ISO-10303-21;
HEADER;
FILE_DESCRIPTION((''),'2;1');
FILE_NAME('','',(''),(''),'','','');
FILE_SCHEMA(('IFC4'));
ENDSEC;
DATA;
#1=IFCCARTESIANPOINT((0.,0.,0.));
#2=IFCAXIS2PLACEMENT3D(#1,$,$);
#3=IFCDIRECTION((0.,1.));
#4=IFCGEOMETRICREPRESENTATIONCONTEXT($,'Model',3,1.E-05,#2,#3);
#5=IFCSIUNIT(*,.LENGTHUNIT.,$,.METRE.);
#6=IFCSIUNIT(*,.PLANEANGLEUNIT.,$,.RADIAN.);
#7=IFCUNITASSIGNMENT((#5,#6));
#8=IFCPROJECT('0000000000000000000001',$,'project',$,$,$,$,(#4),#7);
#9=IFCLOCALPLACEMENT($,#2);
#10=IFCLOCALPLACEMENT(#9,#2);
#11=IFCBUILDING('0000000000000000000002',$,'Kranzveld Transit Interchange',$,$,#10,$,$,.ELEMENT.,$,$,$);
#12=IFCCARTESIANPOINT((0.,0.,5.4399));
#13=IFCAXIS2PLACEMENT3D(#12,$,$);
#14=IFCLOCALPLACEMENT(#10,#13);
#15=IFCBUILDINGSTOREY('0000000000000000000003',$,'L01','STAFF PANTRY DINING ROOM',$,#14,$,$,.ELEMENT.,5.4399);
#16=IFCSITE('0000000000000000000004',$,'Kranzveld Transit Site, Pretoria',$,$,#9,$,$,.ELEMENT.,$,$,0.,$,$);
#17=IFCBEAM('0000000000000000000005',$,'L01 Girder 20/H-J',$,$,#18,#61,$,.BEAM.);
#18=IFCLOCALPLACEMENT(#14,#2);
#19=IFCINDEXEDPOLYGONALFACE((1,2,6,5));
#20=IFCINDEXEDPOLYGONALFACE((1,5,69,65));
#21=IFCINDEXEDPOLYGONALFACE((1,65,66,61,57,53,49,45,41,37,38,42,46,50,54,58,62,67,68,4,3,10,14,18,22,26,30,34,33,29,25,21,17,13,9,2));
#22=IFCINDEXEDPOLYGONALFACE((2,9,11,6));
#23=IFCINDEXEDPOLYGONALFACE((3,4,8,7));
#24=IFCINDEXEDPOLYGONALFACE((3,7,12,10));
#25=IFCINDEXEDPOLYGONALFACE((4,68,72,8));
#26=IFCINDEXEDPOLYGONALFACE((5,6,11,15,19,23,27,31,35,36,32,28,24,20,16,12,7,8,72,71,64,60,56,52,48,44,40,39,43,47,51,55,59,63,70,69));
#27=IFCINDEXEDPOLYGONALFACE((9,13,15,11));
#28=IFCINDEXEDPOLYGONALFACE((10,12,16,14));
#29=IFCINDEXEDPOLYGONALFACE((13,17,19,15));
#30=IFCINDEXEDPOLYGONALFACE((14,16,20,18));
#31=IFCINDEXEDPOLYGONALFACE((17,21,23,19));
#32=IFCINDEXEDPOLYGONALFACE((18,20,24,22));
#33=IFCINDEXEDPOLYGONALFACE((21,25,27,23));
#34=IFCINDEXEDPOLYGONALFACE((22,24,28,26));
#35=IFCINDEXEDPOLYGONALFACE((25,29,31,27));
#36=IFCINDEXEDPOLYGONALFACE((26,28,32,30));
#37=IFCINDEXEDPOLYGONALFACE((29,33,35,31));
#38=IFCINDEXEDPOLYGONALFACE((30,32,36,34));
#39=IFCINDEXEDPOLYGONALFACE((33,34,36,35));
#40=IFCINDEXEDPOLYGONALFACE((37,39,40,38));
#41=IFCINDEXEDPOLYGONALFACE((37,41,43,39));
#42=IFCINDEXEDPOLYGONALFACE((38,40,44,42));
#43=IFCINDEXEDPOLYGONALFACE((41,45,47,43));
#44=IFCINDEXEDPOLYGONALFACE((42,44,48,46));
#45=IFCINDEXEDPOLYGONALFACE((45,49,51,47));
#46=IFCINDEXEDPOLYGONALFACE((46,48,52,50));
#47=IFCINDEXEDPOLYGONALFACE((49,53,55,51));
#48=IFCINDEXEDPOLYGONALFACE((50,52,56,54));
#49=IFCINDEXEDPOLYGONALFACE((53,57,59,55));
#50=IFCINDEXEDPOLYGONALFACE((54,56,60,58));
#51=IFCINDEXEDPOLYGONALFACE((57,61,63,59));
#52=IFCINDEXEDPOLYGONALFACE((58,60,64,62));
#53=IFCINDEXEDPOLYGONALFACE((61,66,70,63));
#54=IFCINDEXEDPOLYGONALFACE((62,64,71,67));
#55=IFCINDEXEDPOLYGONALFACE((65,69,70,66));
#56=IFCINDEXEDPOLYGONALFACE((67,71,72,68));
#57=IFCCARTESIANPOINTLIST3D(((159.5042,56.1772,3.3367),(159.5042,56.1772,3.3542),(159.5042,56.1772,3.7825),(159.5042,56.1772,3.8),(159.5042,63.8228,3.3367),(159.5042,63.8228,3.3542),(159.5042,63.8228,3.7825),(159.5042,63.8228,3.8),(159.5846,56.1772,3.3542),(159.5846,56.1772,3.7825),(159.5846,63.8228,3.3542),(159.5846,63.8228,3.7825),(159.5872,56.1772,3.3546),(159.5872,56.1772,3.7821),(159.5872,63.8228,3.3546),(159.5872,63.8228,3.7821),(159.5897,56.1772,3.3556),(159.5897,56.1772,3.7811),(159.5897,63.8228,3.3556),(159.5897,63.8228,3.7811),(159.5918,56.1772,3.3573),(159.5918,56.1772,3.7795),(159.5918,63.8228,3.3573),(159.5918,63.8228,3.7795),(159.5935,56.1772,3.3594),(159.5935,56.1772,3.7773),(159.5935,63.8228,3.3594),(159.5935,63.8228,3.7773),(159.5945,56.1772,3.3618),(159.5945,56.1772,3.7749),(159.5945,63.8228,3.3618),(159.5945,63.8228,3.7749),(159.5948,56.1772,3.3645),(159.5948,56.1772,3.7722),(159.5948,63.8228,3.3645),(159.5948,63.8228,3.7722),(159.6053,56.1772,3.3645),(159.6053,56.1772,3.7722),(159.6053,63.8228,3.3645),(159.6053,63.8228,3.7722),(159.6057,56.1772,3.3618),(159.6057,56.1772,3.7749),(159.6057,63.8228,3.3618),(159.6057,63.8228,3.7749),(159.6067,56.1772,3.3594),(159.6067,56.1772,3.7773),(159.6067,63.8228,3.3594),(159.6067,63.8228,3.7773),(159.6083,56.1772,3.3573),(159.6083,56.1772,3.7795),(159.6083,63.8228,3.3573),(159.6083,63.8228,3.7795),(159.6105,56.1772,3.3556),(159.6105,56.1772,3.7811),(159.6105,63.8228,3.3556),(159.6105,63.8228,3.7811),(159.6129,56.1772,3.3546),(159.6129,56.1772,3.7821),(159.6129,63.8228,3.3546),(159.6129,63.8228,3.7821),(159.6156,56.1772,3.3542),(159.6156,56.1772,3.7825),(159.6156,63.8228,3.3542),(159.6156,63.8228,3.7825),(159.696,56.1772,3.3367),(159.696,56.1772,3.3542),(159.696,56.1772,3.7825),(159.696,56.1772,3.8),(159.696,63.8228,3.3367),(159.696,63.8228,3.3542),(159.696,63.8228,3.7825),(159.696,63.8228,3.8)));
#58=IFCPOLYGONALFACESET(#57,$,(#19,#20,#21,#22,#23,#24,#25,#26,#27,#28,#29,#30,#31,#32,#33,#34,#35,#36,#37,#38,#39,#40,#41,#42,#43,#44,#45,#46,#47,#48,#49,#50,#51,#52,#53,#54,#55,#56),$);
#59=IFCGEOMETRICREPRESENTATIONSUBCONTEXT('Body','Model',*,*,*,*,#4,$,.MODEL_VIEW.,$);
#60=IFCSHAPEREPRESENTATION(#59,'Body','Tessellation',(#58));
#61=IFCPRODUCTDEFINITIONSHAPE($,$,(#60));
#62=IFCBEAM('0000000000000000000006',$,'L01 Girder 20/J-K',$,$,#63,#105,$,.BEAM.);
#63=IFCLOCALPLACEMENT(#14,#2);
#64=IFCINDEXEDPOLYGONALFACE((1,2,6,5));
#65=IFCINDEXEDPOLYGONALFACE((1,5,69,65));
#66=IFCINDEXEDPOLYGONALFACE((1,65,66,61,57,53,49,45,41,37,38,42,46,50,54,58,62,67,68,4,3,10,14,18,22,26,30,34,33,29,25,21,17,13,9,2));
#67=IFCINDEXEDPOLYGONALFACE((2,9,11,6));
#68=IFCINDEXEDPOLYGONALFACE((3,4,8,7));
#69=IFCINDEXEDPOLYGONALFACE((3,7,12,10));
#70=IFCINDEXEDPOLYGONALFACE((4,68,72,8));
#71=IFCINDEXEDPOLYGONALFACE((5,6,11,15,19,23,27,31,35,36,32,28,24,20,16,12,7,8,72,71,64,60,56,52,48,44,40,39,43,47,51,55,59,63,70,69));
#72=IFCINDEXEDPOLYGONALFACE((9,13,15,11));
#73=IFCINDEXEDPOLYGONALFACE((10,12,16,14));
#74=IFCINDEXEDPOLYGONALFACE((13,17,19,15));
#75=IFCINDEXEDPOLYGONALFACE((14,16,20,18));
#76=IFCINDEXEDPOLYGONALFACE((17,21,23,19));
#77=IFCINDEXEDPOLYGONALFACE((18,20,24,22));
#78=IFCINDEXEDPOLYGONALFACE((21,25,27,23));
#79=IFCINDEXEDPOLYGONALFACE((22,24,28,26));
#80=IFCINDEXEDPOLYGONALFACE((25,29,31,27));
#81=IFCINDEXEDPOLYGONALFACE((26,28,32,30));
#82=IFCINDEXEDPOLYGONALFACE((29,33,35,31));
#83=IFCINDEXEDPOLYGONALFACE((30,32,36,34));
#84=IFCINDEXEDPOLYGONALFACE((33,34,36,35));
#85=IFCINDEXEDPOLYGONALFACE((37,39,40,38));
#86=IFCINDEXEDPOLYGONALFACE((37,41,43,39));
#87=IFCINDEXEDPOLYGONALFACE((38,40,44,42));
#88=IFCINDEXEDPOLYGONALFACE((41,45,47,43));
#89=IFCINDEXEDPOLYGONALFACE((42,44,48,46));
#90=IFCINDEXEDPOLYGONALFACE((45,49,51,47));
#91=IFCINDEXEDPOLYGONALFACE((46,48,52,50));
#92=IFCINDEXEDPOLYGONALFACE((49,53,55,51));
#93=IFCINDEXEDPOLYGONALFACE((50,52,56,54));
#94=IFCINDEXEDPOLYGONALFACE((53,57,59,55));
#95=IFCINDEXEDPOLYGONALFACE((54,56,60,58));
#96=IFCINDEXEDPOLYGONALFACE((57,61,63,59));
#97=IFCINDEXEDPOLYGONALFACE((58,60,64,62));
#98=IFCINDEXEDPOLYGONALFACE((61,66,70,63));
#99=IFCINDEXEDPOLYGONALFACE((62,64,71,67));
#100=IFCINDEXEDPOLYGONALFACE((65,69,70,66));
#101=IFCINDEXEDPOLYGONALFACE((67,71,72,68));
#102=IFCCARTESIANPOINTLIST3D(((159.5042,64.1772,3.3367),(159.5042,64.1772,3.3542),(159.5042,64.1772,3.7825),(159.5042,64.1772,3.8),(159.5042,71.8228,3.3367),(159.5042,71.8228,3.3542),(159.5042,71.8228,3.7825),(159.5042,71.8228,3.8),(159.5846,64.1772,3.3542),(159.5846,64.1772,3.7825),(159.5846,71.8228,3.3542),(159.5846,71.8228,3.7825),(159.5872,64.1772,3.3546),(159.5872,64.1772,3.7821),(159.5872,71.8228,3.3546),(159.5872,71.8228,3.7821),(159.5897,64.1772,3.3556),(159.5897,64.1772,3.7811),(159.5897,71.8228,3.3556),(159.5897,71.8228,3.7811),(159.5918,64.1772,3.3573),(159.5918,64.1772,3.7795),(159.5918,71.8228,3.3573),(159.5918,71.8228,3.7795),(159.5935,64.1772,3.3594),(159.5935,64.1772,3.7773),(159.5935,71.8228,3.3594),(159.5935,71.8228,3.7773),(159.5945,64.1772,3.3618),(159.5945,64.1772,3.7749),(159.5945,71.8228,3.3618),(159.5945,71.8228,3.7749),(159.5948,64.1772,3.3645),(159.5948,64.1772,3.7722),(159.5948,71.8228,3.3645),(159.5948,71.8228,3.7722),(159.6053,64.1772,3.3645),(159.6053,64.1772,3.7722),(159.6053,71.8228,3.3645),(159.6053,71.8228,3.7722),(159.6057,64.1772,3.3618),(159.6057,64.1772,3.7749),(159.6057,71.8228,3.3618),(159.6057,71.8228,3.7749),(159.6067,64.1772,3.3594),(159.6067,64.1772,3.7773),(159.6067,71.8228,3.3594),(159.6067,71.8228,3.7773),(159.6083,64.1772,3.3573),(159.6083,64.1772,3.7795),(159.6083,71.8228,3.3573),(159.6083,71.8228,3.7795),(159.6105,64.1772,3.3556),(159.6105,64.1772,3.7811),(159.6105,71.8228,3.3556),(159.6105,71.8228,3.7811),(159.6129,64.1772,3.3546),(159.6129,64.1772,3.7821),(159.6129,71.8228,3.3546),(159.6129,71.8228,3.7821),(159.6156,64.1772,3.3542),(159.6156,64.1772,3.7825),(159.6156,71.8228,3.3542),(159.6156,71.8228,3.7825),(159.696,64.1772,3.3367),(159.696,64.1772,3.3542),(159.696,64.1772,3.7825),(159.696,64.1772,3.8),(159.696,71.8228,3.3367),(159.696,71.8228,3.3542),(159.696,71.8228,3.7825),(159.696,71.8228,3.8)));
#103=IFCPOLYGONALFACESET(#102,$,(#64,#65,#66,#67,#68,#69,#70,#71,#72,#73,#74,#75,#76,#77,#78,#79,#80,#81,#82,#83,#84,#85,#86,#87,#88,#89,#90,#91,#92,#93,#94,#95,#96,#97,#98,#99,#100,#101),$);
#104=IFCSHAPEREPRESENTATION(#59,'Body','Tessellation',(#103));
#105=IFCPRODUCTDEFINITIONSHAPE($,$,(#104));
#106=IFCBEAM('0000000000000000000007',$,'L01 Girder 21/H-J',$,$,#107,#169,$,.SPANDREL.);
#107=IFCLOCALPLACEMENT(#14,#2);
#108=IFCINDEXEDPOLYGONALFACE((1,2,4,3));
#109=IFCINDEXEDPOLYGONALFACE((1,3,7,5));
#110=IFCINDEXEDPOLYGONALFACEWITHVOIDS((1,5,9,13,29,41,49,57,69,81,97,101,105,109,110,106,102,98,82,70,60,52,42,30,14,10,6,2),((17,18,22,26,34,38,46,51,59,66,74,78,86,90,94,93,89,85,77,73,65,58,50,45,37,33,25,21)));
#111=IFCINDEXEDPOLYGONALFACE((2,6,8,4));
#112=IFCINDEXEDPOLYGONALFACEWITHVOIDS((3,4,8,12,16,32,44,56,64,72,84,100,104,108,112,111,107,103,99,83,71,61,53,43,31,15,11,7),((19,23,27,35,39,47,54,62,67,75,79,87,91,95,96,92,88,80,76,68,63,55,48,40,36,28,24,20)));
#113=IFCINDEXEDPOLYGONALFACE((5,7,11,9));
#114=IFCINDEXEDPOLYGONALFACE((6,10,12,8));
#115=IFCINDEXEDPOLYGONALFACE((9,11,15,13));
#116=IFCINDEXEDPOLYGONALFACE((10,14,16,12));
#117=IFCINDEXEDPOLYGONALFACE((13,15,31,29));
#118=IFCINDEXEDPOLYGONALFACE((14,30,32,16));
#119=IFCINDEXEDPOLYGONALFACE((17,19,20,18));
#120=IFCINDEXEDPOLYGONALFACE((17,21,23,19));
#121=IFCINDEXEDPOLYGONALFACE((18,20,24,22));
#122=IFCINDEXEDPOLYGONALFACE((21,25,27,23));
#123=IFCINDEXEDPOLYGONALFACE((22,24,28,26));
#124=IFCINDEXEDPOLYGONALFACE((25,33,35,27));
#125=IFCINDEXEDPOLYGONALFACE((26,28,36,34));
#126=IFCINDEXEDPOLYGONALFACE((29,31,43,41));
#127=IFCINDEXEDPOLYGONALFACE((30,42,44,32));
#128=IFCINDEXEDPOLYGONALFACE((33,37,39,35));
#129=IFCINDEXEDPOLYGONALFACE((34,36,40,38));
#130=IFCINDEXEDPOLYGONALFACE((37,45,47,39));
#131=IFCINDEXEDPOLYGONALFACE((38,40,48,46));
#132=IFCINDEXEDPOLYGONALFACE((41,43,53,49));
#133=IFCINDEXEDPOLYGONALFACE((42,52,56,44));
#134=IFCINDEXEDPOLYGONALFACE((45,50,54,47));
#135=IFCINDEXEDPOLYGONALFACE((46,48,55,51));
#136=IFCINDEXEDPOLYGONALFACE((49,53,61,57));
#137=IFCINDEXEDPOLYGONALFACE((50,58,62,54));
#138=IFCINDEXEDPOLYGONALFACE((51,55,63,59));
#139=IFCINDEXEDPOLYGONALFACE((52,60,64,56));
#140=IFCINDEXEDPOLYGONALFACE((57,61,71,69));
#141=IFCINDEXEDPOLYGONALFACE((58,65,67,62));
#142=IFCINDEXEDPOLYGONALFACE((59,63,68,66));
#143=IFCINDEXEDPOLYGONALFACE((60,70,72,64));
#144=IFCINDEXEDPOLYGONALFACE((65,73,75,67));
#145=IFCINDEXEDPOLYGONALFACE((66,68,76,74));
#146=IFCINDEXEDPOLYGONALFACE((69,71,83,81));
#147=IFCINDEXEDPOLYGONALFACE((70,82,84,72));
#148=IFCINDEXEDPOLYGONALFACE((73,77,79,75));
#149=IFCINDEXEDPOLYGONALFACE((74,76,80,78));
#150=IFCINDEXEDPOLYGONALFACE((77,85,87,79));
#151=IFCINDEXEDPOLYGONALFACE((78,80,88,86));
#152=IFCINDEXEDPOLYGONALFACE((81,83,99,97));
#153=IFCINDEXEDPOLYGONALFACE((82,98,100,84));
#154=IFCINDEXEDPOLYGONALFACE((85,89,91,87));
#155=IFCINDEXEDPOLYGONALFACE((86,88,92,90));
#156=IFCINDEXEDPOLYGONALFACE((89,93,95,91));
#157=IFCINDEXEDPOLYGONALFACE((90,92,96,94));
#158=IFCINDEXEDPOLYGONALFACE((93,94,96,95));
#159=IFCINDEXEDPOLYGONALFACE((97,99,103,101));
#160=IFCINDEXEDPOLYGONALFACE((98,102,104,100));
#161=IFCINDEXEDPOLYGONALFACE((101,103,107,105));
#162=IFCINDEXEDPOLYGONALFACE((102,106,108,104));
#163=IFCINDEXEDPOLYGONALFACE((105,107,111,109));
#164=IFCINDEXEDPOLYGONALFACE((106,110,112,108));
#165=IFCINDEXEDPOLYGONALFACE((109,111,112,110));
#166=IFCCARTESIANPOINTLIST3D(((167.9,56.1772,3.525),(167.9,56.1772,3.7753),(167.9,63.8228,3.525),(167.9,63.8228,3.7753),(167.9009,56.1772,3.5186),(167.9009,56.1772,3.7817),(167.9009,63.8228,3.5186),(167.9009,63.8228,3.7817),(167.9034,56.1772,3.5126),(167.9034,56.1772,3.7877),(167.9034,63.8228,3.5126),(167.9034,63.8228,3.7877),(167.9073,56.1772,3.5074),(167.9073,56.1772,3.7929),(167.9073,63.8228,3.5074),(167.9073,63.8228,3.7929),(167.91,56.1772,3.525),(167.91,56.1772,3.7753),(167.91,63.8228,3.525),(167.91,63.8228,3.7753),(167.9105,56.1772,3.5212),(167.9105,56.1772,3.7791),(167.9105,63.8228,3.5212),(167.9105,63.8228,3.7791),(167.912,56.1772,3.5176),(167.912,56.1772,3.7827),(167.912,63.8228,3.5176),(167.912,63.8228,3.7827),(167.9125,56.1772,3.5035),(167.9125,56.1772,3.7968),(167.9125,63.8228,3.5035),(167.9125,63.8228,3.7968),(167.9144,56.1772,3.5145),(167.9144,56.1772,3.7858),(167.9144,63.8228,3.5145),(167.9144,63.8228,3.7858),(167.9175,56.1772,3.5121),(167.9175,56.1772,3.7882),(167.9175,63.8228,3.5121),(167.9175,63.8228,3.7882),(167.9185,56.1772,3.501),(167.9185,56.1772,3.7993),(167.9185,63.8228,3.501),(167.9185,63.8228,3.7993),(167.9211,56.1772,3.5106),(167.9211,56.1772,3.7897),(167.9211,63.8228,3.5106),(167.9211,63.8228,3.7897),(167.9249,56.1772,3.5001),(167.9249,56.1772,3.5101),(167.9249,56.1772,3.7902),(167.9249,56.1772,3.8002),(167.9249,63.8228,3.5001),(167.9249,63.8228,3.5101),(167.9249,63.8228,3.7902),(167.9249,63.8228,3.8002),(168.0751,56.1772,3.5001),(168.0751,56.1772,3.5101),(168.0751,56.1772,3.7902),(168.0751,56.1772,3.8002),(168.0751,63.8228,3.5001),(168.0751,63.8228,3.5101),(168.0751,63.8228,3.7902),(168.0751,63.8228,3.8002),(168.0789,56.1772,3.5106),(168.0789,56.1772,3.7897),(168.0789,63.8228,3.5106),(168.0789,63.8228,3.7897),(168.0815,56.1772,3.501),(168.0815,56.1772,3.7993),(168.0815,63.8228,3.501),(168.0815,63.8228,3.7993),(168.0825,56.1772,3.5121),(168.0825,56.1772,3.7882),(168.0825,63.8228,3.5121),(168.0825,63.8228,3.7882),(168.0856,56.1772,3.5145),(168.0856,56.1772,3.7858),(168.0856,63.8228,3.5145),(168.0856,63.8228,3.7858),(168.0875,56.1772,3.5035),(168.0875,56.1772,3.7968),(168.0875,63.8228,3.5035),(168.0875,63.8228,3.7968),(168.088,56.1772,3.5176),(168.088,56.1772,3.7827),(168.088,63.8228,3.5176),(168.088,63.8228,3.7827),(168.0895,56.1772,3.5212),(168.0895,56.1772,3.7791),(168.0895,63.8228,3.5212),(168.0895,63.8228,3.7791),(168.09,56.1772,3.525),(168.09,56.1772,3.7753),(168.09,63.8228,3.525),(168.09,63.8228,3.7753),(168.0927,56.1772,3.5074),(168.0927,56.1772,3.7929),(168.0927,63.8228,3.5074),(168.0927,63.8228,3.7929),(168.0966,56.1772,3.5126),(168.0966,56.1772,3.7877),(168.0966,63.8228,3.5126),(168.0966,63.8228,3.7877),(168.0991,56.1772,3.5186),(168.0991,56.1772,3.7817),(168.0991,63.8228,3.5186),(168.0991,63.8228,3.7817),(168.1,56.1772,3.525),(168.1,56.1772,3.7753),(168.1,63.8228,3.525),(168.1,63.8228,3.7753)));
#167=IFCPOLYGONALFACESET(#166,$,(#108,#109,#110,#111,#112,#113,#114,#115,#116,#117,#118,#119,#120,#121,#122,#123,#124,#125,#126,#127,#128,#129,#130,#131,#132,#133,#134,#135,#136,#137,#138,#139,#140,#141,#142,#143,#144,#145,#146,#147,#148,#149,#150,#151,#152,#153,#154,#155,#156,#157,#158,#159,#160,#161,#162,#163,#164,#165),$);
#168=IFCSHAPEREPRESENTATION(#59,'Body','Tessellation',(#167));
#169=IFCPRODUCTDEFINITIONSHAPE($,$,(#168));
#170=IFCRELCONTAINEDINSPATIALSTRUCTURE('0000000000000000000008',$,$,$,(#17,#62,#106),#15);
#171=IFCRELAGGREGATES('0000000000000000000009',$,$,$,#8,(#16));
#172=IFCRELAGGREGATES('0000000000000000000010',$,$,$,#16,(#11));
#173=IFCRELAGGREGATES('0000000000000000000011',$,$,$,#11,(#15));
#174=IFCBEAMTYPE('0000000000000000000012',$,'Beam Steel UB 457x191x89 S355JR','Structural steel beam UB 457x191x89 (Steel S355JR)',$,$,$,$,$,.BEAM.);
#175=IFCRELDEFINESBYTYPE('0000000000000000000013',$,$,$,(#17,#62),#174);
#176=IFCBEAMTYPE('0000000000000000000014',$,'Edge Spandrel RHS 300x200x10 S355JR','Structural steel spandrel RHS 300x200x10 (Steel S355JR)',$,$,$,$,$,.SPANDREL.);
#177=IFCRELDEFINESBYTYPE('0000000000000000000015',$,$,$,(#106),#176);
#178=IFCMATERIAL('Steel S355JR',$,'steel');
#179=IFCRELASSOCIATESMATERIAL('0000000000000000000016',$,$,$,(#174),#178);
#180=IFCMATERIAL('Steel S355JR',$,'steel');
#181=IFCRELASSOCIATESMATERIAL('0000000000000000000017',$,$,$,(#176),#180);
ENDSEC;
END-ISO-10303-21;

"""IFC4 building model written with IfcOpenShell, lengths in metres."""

from ifc_helpers import new_model, si_unit, direction, frame, origin, origin_2d, place, context, subcontext, project, spatial, hollow_rectangle, i_section, extrude, material, material_profile, profile_set, type_object, element, save


model = new_model("IFC4")

# Units and contexts
model_context = context("Model", 3, precision=1e-05, world=origin(), true_north=direction((0.0, 1.0)))
body_context = subcontext(model_context, "Body", "Model", "MODEL_VIEW")
ifc_project = project(units=[si_unit("LENGTHUNIT", "METRE"), si_unit("PLANEANGLEUNIT", "RADIAN")], contexts=[model_context])

# Site, building, storey
site_placement = place(None, origin())
site = spatial("IfcSite", under=ifc_project, at=site_placement, Name="Kranzveld Transit Site, Pretoria", CompositionType="ELEMENT", RefElevation=0.0)
building_placement = place(site_placement, origin())
building = spatial("IfcBuilding", under=site, at=building_placement, Name="Kranzveld Transit Interchange", CompositionType="ELEMENT")
storey_placement = place(building_placement, frame((0.0, 0.0, 5.4399)))
storey = spatial("IfcBuildingStorey", under=building, at=storey_placement, Name="L01", Description="STAFF PANTRY DINING ROOM", CompositionType="ELEMENT", Elevation=5.4399)

# Beams
ifc_material_1 = material(Name="Steel S355JR", Category="steel")
ifc_material_profile_1 = material_profile(ifc_material_1, i_section(OverallWidth=0.1919, OverallDepth=0.4634, WebThickness=0.0105, FlangeThickness=0.0176, FilletRadius=0.0103, at=origin_2d()), Name="UB 457x191x89")
ifc_profile_set_1 = profile_set([ifc_material_profile_1], Name="Steel S355JR")
beam_type_1 = type_object("IfcBeamType", Name="Beam Steel UB 457x191x89 S355JR", Description="Structural steel beam UB 457x191x89 (Steel S355JR)", PredefinedType="BEAM", material=ifc_profile_set_1)
for number, where, z_axis, x_axis, name in (
    (1, (159.6001, 56.1772, 3.5684), (0.0, 1.0, 0.0), (-1.0, 0.0, 0.0), "L01 Girder 20/H-J"),
    (2, (159.6001, 64.1772, 3.5684), (0.0, 1.0, 0.0), (-1.0, 0.0, 0.0), "L01 Girder 20/J-K"),
):
    element("IfcBeam", number, at=place(storey_placement, frame(where, z_axis=z_axis, x_axis=x_axis)), inside=storey, type_object=beam_type_1, Name=name, PredefinedType="BEAM", context=body_context, shape_type="SweptSolid", body=[
        extrude(i_section(OverallWidth=0.1919, OverallDepth=0.4634, WebThickness=0.0105, FlangeThickness=0.0176, FilletRadius=0.0103, at=origin_2d()), origin(), (0.0, 0.0, 1.0), 7.6455),
    ])
ifc_material_2 = material(Name="Steel S355JR", Category="steel")
ifc_material_profile_2 = material_profile(ifc_material_2, hollow_rectangle(XDim=0.2, YDim=0.3, WallThickness=0.01, InnerFilletRadius=0.0149, OuterFilletRadius=0.0249, at=origin_2d()), Name="RHS 300x200x10")
ifc_profile_set_2 = profile_set([ifc_material_profile_2], Name="Steel S355JR")
beam_type_2 = type_object("IfcBeamType", Name="Edge Spandrel RHS 300x200x10 S355JR", Description="Structural steel spandrel RHS 300x200x10 (Steel S355JR)", PredefinedType="SPANDREL", material=ifc_profile_set_2)
for number, where, z_axis, x_axis, name in (
    (3, (168.0, 56.1772, 3.6501), (0.0, 1.0, 0.0), (-1.0, 0.0, 0.0), "L01 Girder 21/H-J"),
):
    element("IfcBeam", number, at=place(storey_placement, frame(where, z_axis=z_axis, x_axis=x_axis)), inside=storey, type_object=beam_type_2, Name=name, PredefinedType="SPANDREL", context=body_context, shape_type="SweptSolid", body=[
        extrude(hollow_rectangle(XDim=0.2, YDim=0.3, WallThickness=0.01, InnerFilletRadius=0.0149, OuterFilletRadius=0.0249, at=origin_2d()), origin(), (0.0, 0.0, 1.0), 7.6455),
    ])

save(model, "model.ifc")
